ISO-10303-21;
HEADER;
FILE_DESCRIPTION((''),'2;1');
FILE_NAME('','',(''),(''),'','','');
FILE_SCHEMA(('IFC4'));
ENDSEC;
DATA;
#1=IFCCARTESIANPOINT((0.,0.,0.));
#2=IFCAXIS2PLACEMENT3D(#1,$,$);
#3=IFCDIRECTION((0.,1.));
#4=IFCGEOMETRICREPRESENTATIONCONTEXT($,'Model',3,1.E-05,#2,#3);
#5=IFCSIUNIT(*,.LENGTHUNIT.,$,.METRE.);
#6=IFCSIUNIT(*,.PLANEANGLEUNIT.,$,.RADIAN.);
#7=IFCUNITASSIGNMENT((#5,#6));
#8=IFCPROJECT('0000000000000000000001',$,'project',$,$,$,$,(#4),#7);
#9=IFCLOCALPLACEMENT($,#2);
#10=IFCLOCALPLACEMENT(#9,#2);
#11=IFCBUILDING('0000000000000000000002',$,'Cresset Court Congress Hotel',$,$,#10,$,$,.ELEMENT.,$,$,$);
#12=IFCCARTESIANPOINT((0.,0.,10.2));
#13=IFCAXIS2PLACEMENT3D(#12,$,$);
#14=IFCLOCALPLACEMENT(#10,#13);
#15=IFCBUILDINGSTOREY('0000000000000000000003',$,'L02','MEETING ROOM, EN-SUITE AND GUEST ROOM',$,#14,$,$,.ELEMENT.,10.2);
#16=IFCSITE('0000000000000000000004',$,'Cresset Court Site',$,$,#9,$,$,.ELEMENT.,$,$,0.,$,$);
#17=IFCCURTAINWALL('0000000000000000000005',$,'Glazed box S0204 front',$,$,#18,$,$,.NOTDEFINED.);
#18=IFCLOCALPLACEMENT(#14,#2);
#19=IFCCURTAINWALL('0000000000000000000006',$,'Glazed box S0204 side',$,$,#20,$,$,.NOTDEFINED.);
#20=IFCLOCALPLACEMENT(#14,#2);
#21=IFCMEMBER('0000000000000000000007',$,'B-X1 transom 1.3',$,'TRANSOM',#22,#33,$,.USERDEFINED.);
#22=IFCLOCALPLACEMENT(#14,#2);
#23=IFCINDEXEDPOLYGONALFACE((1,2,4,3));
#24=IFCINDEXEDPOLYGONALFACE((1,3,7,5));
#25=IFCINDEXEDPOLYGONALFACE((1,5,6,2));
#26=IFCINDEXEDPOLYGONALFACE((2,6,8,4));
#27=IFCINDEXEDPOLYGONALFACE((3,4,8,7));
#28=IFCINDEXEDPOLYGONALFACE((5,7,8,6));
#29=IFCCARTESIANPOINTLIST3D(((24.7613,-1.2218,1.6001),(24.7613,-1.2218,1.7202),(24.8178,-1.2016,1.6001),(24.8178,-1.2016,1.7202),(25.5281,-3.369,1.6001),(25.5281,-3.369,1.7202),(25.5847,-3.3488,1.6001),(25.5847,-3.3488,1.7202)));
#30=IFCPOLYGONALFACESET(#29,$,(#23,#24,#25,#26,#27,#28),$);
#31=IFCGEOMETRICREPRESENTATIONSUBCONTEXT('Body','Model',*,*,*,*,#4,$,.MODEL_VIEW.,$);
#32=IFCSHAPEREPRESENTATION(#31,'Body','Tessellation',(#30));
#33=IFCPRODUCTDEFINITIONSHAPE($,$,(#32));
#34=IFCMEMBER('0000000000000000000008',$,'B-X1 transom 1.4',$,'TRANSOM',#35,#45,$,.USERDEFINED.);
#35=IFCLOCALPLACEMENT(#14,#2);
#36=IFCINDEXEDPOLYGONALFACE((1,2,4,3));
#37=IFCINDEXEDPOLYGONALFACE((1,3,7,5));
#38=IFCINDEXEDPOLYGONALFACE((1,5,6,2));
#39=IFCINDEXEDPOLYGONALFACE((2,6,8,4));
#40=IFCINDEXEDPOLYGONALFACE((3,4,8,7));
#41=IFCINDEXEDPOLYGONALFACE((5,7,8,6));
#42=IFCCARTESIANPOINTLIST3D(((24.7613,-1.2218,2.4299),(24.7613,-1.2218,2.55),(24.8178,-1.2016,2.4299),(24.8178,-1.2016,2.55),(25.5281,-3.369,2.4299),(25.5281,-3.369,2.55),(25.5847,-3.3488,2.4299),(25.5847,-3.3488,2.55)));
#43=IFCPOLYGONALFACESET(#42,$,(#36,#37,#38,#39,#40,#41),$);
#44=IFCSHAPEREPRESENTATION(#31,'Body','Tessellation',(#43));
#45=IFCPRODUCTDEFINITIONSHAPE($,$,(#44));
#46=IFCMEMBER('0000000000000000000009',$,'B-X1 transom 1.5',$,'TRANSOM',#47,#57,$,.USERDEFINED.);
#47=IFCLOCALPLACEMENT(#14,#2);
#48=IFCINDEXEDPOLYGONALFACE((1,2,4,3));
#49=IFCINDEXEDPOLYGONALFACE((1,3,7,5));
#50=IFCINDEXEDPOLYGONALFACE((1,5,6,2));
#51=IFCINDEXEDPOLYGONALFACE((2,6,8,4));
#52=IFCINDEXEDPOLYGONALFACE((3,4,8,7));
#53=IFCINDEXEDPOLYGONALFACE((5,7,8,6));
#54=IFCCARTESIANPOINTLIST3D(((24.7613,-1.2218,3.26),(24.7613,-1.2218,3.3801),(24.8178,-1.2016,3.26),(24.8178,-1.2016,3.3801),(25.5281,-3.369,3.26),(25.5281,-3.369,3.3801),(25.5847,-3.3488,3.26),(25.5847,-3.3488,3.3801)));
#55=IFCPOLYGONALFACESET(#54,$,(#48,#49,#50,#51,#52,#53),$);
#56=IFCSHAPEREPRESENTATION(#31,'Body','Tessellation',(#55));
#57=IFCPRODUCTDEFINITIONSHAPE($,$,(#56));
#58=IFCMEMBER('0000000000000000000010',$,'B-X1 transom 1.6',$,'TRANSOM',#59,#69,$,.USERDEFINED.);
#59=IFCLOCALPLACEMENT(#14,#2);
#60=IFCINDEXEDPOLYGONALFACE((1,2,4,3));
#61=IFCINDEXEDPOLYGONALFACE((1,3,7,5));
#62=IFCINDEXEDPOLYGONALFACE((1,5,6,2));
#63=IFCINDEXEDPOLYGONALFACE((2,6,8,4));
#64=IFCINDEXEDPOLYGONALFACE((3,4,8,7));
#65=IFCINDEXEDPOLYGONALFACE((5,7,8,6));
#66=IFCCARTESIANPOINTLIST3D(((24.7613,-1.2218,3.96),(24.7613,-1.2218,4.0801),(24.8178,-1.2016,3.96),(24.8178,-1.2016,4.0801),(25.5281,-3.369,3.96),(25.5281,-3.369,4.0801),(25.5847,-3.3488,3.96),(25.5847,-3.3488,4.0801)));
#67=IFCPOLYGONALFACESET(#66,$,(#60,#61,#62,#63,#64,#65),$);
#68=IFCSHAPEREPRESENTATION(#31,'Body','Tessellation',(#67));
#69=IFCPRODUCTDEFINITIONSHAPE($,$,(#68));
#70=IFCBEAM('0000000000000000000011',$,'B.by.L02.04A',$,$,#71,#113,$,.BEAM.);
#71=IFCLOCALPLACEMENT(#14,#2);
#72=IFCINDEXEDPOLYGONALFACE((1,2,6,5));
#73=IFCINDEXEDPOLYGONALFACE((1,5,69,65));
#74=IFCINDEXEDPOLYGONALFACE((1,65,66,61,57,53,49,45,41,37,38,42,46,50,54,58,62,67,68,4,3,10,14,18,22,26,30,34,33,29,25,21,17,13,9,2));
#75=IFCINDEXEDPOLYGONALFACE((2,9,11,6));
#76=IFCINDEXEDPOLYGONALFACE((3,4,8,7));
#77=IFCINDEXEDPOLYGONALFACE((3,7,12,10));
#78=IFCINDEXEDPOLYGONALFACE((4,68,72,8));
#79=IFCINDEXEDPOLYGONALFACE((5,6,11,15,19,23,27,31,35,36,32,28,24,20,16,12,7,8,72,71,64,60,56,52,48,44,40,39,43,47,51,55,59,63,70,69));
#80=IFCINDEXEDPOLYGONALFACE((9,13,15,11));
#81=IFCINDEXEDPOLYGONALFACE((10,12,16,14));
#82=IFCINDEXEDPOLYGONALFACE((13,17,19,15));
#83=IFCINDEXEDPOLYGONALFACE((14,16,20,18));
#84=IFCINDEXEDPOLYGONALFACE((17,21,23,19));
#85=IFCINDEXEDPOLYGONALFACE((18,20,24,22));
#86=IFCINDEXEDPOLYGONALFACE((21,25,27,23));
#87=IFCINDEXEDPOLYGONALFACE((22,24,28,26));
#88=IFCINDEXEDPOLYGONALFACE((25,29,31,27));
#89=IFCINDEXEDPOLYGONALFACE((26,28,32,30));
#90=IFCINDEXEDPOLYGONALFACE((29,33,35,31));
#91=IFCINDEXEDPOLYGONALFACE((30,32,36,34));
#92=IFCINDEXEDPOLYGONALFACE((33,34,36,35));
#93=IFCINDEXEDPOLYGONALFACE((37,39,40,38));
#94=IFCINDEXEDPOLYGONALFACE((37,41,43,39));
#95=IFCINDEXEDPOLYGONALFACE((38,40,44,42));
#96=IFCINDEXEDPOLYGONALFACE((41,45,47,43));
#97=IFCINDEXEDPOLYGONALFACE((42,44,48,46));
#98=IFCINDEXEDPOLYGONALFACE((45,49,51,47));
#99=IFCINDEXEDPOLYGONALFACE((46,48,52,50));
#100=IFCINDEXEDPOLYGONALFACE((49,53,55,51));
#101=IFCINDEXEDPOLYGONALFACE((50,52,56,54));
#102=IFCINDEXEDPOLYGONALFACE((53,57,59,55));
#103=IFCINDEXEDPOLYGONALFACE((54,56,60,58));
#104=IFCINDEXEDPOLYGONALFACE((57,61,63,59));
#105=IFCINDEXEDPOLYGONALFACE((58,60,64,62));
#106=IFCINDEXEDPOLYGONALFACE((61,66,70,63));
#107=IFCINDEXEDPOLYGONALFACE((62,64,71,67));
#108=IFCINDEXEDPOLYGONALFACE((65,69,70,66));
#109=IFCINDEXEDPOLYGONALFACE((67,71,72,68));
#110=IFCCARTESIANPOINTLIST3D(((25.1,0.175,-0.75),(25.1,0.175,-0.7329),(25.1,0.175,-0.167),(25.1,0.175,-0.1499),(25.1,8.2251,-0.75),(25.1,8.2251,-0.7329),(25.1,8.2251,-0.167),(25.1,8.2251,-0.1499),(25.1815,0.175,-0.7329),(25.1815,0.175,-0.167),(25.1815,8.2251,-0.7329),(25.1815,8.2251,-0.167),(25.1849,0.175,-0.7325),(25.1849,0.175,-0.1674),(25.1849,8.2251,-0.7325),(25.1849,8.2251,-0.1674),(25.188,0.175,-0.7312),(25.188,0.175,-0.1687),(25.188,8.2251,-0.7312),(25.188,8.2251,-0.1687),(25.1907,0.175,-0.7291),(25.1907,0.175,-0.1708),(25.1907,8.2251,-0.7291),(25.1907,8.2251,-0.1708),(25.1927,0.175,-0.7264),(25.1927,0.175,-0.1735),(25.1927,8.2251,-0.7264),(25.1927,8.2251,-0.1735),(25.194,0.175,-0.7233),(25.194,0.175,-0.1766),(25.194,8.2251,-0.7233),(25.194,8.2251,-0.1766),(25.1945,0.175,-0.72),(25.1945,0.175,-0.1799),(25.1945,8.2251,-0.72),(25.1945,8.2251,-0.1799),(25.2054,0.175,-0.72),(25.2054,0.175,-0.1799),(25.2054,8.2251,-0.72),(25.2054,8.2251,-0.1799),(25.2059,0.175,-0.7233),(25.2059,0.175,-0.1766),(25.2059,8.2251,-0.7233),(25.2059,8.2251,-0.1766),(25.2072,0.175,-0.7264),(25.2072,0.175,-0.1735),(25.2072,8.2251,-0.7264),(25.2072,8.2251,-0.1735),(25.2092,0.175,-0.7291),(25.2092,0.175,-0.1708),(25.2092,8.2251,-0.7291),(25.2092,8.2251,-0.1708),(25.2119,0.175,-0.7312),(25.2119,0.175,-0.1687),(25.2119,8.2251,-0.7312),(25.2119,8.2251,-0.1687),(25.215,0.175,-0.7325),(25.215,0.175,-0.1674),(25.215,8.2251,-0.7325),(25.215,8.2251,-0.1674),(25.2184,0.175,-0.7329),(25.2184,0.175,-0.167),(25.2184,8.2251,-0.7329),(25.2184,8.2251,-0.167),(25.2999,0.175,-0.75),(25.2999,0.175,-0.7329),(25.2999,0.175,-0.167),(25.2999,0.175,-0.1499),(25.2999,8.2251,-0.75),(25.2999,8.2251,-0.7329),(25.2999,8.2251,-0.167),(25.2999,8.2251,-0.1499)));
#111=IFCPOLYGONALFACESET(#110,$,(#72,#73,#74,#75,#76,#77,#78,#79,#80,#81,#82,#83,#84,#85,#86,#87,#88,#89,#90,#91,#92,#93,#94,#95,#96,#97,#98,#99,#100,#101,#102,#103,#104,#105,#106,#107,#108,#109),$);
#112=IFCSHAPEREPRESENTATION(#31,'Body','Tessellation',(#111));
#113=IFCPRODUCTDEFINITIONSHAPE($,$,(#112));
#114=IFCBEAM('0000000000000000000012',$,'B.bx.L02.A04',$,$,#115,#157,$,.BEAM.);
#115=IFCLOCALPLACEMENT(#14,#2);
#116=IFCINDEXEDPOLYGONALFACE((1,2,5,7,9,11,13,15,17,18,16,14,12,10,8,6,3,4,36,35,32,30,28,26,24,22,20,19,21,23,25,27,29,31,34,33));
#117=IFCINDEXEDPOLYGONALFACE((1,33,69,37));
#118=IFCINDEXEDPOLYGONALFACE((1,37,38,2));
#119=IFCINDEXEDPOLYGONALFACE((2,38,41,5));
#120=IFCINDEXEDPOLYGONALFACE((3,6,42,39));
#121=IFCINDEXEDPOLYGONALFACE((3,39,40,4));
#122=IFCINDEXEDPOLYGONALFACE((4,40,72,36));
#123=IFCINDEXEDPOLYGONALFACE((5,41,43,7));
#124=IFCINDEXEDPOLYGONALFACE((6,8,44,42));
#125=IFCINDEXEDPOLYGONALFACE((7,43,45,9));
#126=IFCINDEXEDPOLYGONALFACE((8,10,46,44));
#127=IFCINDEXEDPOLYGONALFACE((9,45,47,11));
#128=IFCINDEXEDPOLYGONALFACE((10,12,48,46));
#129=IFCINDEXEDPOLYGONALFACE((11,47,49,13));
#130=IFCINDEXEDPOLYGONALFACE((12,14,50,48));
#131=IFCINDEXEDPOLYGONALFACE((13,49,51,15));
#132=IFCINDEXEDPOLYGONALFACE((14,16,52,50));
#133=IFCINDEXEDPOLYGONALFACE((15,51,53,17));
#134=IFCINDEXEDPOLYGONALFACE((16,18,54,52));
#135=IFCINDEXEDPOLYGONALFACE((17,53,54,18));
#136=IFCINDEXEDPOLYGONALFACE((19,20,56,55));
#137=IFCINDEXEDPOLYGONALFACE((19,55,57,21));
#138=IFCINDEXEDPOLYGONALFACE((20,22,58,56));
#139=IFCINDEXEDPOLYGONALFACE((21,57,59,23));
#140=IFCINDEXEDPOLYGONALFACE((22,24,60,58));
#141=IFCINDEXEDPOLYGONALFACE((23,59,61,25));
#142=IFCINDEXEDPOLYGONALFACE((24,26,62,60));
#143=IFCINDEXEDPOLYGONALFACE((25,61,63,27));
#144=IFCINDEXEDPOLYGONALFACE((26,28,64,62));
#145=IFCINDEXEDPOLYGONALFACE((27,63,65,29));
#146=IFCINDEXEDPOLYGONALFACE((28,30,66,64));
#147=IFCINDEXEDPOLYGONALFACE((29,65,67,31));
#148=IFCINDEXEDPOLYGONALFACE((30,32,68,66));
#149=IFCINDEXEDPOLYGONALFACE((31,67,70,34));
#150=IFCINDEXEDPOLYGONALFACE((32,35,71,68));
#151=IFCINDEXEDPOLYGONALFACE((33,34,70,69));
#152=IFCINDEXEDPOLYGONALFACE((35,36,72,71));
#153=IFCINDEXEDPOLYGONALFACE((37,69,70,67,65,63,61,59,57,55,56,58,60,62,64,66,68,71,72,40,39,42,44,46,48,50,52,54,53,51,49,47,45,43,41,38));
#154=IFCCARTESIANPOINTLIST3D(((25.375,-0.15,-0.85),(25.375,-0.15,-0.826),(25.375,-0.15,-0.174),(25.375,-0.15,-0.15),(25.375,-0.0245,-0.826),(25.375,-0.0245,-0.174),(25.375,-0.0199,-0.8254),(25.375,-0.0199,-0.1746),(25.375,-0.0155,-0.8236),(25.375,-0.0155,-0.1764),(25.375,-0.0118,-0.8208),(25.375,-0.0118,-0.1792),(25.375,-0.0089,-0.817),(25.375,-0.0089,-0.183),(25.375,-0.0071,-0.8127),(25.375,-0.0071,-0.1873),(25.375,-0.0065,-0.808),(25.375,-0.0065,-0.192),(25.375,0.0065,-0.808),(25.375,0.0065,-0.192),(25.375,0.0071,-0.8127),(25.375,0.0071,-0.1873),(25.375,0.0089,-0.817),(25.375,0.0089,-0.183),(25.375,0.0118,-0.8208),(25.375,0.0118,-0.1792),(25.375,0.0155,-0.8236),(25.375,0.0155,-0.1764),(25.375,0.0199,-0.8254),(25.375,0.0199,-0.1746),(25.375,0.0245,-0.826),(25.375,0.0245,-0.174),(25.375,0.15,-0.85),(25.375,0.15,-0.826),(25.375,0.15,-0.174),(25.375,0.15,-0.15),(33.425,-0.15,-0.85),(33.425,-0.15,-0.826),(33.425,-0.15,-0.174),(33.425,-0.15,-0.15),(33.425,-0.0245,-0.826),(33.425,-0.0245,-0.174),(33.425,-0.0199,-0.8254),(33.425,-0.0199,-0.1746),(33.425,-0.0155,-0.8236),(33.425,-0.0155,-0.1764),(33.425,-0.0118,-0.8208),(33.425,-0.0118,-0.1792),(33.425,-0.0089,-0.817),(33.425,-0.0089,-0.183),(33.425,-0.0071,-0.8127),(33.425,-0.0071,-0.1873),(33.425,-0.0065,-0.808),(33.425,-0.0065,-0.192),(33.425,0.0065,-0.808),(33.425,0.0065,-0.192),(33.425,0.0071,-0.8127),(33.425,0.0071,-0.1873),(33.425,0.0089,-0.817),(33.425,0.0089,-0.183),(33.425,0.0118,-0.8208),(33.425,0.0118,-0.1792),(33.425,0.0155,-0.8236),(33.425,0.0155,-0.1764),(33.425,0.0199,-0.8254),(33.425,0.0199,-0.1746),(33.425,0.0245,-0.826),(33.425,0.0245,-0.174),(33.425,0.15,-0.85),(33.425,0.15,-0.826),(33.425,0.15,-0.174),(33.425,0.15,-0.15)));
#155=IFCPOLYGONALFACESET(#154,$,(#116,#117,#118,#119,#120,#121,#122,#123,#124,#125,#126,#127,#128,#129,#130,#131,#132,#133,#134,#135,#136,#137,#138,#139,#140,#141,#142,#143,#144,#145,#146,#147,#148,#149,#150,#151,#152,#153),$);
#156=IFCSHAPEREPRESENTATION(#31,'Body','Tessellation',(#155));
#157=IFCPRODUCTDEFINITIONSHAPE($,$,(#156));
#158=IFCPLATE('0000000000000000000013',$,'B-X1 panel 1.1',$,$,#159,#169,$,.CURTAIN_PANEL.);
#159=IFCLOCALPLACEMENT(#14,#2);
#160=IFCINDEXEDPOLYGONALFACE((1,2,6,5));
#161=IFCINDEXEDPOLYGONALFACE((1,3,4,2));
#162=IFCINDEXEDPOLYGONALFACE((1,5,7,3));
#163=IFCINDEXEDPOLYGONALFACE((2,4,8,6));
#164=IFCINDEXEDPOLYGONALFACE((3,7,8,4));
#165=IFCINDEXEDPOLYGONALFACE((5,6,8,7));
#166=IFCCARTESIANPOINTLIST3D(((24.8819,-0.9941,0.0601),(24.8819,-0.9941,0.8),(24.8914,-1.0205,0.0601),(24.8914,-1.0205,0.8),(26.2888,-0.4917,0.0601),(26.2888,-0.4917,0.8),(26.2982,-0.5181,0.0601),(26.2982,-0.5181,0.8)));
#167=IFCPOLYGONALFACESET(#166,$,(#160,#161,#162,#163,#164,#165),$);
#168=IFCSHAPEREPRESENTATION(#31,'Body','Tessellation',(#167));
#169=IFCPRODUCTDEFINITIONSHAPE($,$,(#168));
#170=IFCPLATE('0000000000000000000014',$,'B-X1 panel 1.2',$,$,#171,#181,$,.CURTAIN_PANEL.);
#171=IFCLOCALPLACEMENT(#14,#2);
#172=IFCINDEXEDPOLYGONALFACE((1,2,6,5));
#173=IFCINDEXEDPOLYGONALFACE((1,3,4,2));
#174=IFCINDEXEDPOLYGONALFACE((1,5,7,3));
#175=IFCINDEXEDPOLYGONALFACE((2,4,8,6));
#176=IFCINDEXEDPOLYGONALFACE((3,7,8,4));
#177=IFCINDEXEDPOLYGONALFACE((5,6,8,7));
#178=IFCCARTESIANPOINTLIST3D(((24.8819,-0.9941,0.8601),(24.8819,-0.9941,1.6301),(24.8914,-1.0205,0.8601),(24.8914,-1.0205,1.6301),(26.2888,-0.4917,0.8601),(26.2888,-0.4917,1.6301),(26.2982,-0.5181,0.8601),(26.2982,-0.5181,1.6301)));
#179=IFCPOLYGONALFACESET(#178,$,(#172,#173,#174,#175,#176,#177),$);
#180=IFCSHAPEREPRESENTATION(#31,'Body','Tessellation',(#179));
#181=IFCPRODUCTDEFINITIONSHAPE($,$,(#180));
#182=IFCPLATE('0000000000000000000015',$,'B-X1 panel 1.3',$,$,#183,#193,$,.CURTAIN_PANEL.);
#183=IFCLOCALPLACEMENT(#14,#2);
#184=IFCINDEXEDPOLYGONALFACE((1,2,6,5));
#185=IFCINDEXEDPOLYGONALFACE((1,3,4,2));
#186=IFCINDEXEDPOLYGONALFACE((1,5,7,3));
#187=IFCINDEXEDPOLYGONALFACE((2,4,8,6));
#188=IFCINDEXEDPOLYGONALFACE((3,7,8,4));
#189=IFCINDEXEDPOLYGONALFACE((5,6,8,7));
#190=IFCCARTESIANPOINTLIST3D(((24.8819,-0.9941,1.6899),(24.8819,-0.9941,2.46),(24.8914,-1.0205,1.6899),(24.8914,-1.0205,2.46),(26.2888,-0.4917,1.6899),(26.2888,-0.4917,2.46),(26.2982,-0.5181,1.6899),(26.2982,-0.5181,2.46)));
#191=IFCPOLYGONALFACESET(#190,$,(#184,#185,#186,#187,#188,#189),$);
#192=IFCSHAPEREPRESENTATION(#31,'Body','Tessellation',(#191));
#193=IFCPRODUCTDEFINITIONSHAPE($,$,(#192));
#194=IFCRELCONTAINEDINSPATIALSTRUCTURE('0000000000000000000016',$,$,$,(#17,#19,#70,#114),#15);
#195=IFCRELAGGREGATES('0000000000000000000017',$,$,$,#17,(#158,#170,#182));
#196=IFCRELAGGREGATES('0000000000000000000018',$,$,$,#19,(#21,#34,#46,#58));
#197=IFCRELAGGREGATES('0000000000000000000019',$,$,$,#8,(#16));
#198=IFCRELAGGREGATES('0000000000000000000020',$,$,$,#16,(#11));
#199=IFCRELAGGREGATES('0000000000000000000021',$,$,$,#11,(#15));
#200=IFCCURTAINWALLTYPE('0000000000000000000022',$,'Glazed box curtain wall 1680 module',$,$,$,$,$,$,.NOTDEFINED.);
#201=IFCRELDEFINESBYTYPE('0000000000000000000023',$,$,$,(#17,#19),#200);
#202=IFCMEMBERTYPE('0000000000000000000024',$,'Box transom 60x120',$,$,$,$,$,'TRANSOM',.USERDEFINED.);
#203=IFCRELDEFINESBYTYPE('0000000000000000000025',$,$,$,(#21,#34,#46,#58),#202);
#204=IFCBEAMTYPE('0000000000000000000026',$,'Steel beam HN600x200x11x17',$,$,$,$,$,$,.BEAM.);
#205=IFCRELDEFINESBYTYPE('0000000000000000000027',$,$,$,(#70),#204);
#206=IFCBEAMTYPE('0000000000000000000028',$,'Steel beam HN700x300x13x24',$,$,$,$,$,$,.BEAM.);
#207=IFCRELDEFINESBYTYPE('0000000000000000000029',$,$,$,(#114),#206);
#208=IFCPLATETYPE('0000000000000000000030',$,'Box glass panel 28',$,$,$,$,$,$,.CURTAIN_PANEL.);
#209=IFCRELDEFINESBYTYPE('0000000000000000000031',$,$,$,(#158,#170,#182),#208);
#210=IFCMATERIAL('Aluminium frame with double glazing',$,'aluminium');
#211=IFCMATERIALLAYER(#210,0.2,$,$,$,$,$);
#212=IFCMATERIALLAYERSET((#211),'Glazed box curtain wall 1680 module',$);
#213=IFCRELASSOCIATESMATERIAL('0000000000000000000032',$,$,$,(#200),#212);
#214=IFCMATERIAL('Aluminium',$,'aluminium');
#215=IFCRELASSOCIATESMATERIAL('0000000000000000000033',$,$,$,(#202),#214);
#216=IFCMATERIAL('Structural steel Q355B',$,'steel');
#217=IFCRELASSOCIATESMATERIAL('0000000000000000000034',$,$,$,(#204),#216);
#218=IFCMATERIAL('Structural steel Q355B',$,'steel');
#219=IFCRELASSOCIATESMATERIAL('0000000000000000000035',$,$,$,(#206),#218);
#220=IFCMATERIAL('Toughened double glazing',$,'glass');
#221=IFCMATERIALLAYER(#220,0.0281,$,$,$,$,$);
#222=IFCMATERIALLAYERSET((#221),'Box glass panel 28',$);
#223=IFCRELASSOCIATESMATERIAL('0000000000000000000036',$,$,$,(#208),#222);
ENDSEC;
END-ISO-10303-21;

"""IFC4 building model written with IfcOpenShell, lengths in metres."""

from ifc_helpers import new_model, si_unit, direction, frame, origin, origin_2d, place, context, subcontext, project, spatial, rectangle, i_section, extrude, material, layer, layer_set, material_profile, profile_set, type_object, element, aggregate, save


model = new_model("IFC4")

# Units and contexts
model_context = context("Model", 3, precision=1e-05, world=origin(), true_north=direction((0.0, 1.0)))
body_context = subcontext(model_context, "Body", "Model", "MODEL_VIEW")
ifc_project = project(units=[si_unit("LENGTHUNIT", "METRE"), si_unit("PLANEANGLEUNIT", "RADIAN")], contexts=[model_context])

# Site, building, storey
site_placement = place(None, origin())
site = spatial("IfcSite", under=ifc_project, at=site_placement, Name="Cresset Court Site", CompositionType="ELEMENT", RefElevation=0.0)
building_placement = place(site_placement, origin())
building = spatial("IfcBuilding", under=site, at=building_placement, Name="Cresset Court Congress Hotel", CompositionType="ELEMENT")
storey_placement = place(building_placement, frame((0.0, 0.0, 10.2)))
storey = spatial("IfcBuildingStorey", under=building, at=storey_placement, Name="L02", Description="MEETING ROOM, EN-SUITE AND GUEST ROOM", CompositionType="ELEMENT", Elevation=10.2)

# Curtain walls
ifc_material_1 = material(Name="Aluminium frame with double glazing", Category="aluminium")
ifc_layer_1 = layer(ifc_material_1, 0.2)
ifc_layer_set_1 = layer_set([ifc_layer_1], Name="Glazed box curtain wall 1680 module")
curtain_wall_type = type_object("IfcCurtainWallType", Name="Glazed box curtain wall 1680 module", PredefinedType="NOTDEFINED", material=ifc_layer_set_1)
curtain_wall_1_placement = place(storey_placement, origin())
curtain_wall_1 = element("IfcCurtainWall", 1, at=curtain_wall_1_placement, inside=storey, type_object=curtain_wall_type, Name="Glazed box S0204 front", PredefinedType="NOTDEFINED")
curtain_wall_2_placement = place(storey_placement, origin())
curtain_wall_2 = element("IfcCurtainWall", 2, at=curtain_wall_2_placement, inside=storey, type_object=curtain_wall_type, Name="Glazed box S0204 side", PredefinedType="NOTDEFINED")

# Members
ifc_material_2 = material(Name="Aluminium", Category="aluminium")
ifc_material_profile_1 = material_profile(ifc_material_2, rectangle(XDim=0.0601, YDim=0.1201, at=origin_2d()), Name="Box transom 60x120")
ifc_profile_set_1 = profile_set([ifc_material_profile_1], Name="Aluminium")
member_type_1 = type_object("IfcMemberType", Name="Box transom 60x120", ElementType="TRANSOM", PredefinedType="USERDEFINED", material=ifc_profile_set_1)
member_1_placement = place(storey_placement, frame((25.5564, -3.3589, 1.6602), z_axis=(-0.33633, 0.941744, 0.0), x_axis=(-0.941744, -0.33633, 0.0)))
member_1 = element("IfcMember", 3, at=member_1_placement, type_object=member_type_1, Name="B-X1 transom 1.3", ObjectType="TRANSOM", PredefinedType="USERDEFINED", context=body_context, shape_type="SweptSolid", body=[
    extrude(rectangle(XDim=0.0601, YDim=0.1201, at=origin_2d()), origin(), (0.0, 0.0, 1.0), 2.28),
])
member_2_placement = place(storey_placement, frame((25.5564, -3.3589, 2.49), z_axis=(-0.33633, 0.941744, 0.0), x_axis=(-0.941744, -0.33633, 0.0)))
member_2 = element("IfcMember", 4, at=member_2_placement, type_object=member_type_1, Name="B-X1 transom 1.4", ObjectType="TRANSOM", PredefinedType="USERDEFINED", context=body_context, shape_type="SweptSolid", body=[
    extrude(rectangle(XDim=0.0601, YDim=0.1201, at=origin_2d()), origin(), (0.0, 0.0, 1.0), 2.28),
])
member_3_placement = place(storey_placement, frame((25.5564, -3.3589, 3.3201), z_axis=(-0.33633, 0.941744, 0.0), x_axis=(-0.941744, -0.33633, 0.0)))
member_3 = element("IfcMember", 5, at=member_3_placement, type_object=member_type_1, Name="B-X1 transom 1.5", ObjectType="TRANSOM", PredefinedType="USERDEFINED", context=body_context, shape_type="SweptSolid", body=[
    extrude(rectangle(XDim=0.0601, YDim=0.1201, at=origin_2d()), origin(), (0.0, 0.0, 1.0), 2.28),
])
member_4_placement = place(storey_placement, frame((25.5564, -3.3589, 4.02), z_axis=(-0.33633, 0.941744, 0.0), x_axis=(-0.941744, -0.33633, 0.0)))
member_4 = element("IfcMember", 6, at=member_4_placement, type_object=member_type_1, Name="B-X1 transom 1.6", ObjectType="TRANSOM", PredefinedType="USERDEFINED", context=body_context, shape_type="SweptSolid", body=[
    extrude(rectangle(XDim=0.0601, YDim=0.1201, at=origin_2d()), origin(), (0.0, 0.0, 1.0), 2.28),
])

# Beams
ifc_material_3 = material(Name="Structural steel Q355B", Category="steel")
ifc_material_profile_2 = material_profile(ifc_material_3, i_section(OverallWidth=0.2, OverallDepth=0.6001, WebThickness=0.011, FlangeThickness=0.0171, FilletRadius=0.0129, at=origin_2d()), Name="HN600x200x11x17")
ifc_profile_set_2 = profile_set([ifc_material_profile_2], Name="Structural steel Q355B")
beam_type_1 = type_object("IfcBeamType", Name="Steel beam HN600x200x11x17", PredefinedType="BEAM", material=ifc_profile_set_2)
beam_1_placement = place(storey_placement, frame((25.2, 0.175, -0.45), z_axis=(0.0, 1.0, 0.0), x_axis=(-1.0, 0.0, 0.0)))
element("IfcBeam", 7, at=beam_1_placement, inside=storey, type_object=beam_type_1, Name="B.by.L02.04A", PredefinedType="BEAM", context=body_context, shape_type="SweptSolid", body=[
    extrude(i_section(OverallWidth=0.2, OverallDepth=0.6001, WebThickness=0.011, FlangeThickness=0.0171, FilletRadius=0.0129, at=origin_2d()), origin(), (0.0, 0.0, 1.0), 8.05),
])
ifc_material_4 = material(Name="Structural steel Q355B", Category="steel")
ifc_material_profile_3 = material_profile(ifc_material_4, i_section(OverallWidth=0.3, OverallDepth=0.7, WebThickness=0.0129, FlangeThickness=0.0239, FilletRadius=0.0181, at=origin_2d()), Name="HN700x300x13x24")
ifc_profile_set_3 = profile_set([ifc_material_profile_3], Name="Structural steel Q355B")
beam_type_2 = type_object("IfcBeamType", Name="Steel beam HN700x300x13x24", PredefinedType="BEAM", material=ifc_profile_set_3)
beam_2_placement = place(storey_placement, frame((25.375, 0.0, -0.5), z_axis=(1.0, 0.0, 0.0), x_axis=(0.0, 1.0, 0.0)))
element("IfcBeam", 8, at=beam_2_placement, inside=storey, type_object=beam_type_2, Name="B.bx.L02.A04", PredefinedType="BEAM", context=body_context, shape_type="SweptSolid", body=[
    extrude(i_section(OverallWidth=0.3, OverallDepth=0.7, WebThickness=0.0129, FlangeThickness=0.0239, FilletRadius=0.0181, at=origin_2d()), origin(), (0.0, 0.0, 1.0), 8.05),
])

# Plates
ifc_material_5 = material(Name="Toughened double glazing", Category="glass")
ifc_layer_2 = layer(ifc_material_5, 0.0281)
ifc_layer_set_2 = layer_set([ifc_layer_2], Name="Box glass panel 28")
plate_type_1 = type_object("IfcPlateType", Name="Box glass panel 28", PredefinedType="CURTAIN_PANEL", material=ifc_layer_set_2)
plate_1_placement = place(storey_placement, frame((25.5901, -0.7561, 0.0601), z_axis=(0.0, 0.0, 1.0), x_axis=(0.941742, 0.336336, 0.0)))
plate_1 = element("IfcPlate", 9, at=plate_1_placement, type_object=plate_type_1, Name="B-X1 panel 1.1", PredefinedType="CURTAIN_PANEL", context=body_context, shape_type="SweptSolid", body=[
    extrude(rectangle(XDim=1.4939, YDim=0.0281, at=origin_2d()), origin(), (0.0, 0.0, 1.0), 0.74),
])
plate_2_placement = place(storey_placement, frame((25.5901, -0.7561, 0.8601), z_axis=(0.0, 0.0, 1.0), x_axis=(0.941742, 0.336336, 0.0)))
plate_2 = element("IfcPlate", 10, at=plate_2_placement, type_object=plate_type_1, Name="B-X1 panel 1.2", PredefinedType="CURTAIN_PANEL", context=body_context, shape_type="SweptSolid", body=[
    extrude(rectangle(XDim=1.4939, YDim=0.0281, at=origin_2d()), origin(), (0.0, 0.0, 1.0), 0.77),
])
plate_3_placement = place(storey_placement, frame((25.5901, -0.7561, 1.6899), z_axis=(0.0, 0.0, 1.0), x_axis=(0.941742, 0.336336, 0.0)))
plate_3 = element("IfcPlate", 11, at=plate_3_placement, type_object=plate_type_1, Name="B-X1 panel 1.3", PredefinedType="CURTAIN_PANEL", context=body_context, shape_type="SweptSolid", body=[
    extrude(rectangle(XDim=1.4939, YDim=0.0281, at=origin_2d()), origin(), (0.0, 0.0, 1.0), 0.77),
])
aggregate(curtain_wall_1, [plate_1, plate_2, plate_3])
aggregate(curtain_wall_2, [member_1, member_2, member_3, member_4])

save(model, "model.ifc")
